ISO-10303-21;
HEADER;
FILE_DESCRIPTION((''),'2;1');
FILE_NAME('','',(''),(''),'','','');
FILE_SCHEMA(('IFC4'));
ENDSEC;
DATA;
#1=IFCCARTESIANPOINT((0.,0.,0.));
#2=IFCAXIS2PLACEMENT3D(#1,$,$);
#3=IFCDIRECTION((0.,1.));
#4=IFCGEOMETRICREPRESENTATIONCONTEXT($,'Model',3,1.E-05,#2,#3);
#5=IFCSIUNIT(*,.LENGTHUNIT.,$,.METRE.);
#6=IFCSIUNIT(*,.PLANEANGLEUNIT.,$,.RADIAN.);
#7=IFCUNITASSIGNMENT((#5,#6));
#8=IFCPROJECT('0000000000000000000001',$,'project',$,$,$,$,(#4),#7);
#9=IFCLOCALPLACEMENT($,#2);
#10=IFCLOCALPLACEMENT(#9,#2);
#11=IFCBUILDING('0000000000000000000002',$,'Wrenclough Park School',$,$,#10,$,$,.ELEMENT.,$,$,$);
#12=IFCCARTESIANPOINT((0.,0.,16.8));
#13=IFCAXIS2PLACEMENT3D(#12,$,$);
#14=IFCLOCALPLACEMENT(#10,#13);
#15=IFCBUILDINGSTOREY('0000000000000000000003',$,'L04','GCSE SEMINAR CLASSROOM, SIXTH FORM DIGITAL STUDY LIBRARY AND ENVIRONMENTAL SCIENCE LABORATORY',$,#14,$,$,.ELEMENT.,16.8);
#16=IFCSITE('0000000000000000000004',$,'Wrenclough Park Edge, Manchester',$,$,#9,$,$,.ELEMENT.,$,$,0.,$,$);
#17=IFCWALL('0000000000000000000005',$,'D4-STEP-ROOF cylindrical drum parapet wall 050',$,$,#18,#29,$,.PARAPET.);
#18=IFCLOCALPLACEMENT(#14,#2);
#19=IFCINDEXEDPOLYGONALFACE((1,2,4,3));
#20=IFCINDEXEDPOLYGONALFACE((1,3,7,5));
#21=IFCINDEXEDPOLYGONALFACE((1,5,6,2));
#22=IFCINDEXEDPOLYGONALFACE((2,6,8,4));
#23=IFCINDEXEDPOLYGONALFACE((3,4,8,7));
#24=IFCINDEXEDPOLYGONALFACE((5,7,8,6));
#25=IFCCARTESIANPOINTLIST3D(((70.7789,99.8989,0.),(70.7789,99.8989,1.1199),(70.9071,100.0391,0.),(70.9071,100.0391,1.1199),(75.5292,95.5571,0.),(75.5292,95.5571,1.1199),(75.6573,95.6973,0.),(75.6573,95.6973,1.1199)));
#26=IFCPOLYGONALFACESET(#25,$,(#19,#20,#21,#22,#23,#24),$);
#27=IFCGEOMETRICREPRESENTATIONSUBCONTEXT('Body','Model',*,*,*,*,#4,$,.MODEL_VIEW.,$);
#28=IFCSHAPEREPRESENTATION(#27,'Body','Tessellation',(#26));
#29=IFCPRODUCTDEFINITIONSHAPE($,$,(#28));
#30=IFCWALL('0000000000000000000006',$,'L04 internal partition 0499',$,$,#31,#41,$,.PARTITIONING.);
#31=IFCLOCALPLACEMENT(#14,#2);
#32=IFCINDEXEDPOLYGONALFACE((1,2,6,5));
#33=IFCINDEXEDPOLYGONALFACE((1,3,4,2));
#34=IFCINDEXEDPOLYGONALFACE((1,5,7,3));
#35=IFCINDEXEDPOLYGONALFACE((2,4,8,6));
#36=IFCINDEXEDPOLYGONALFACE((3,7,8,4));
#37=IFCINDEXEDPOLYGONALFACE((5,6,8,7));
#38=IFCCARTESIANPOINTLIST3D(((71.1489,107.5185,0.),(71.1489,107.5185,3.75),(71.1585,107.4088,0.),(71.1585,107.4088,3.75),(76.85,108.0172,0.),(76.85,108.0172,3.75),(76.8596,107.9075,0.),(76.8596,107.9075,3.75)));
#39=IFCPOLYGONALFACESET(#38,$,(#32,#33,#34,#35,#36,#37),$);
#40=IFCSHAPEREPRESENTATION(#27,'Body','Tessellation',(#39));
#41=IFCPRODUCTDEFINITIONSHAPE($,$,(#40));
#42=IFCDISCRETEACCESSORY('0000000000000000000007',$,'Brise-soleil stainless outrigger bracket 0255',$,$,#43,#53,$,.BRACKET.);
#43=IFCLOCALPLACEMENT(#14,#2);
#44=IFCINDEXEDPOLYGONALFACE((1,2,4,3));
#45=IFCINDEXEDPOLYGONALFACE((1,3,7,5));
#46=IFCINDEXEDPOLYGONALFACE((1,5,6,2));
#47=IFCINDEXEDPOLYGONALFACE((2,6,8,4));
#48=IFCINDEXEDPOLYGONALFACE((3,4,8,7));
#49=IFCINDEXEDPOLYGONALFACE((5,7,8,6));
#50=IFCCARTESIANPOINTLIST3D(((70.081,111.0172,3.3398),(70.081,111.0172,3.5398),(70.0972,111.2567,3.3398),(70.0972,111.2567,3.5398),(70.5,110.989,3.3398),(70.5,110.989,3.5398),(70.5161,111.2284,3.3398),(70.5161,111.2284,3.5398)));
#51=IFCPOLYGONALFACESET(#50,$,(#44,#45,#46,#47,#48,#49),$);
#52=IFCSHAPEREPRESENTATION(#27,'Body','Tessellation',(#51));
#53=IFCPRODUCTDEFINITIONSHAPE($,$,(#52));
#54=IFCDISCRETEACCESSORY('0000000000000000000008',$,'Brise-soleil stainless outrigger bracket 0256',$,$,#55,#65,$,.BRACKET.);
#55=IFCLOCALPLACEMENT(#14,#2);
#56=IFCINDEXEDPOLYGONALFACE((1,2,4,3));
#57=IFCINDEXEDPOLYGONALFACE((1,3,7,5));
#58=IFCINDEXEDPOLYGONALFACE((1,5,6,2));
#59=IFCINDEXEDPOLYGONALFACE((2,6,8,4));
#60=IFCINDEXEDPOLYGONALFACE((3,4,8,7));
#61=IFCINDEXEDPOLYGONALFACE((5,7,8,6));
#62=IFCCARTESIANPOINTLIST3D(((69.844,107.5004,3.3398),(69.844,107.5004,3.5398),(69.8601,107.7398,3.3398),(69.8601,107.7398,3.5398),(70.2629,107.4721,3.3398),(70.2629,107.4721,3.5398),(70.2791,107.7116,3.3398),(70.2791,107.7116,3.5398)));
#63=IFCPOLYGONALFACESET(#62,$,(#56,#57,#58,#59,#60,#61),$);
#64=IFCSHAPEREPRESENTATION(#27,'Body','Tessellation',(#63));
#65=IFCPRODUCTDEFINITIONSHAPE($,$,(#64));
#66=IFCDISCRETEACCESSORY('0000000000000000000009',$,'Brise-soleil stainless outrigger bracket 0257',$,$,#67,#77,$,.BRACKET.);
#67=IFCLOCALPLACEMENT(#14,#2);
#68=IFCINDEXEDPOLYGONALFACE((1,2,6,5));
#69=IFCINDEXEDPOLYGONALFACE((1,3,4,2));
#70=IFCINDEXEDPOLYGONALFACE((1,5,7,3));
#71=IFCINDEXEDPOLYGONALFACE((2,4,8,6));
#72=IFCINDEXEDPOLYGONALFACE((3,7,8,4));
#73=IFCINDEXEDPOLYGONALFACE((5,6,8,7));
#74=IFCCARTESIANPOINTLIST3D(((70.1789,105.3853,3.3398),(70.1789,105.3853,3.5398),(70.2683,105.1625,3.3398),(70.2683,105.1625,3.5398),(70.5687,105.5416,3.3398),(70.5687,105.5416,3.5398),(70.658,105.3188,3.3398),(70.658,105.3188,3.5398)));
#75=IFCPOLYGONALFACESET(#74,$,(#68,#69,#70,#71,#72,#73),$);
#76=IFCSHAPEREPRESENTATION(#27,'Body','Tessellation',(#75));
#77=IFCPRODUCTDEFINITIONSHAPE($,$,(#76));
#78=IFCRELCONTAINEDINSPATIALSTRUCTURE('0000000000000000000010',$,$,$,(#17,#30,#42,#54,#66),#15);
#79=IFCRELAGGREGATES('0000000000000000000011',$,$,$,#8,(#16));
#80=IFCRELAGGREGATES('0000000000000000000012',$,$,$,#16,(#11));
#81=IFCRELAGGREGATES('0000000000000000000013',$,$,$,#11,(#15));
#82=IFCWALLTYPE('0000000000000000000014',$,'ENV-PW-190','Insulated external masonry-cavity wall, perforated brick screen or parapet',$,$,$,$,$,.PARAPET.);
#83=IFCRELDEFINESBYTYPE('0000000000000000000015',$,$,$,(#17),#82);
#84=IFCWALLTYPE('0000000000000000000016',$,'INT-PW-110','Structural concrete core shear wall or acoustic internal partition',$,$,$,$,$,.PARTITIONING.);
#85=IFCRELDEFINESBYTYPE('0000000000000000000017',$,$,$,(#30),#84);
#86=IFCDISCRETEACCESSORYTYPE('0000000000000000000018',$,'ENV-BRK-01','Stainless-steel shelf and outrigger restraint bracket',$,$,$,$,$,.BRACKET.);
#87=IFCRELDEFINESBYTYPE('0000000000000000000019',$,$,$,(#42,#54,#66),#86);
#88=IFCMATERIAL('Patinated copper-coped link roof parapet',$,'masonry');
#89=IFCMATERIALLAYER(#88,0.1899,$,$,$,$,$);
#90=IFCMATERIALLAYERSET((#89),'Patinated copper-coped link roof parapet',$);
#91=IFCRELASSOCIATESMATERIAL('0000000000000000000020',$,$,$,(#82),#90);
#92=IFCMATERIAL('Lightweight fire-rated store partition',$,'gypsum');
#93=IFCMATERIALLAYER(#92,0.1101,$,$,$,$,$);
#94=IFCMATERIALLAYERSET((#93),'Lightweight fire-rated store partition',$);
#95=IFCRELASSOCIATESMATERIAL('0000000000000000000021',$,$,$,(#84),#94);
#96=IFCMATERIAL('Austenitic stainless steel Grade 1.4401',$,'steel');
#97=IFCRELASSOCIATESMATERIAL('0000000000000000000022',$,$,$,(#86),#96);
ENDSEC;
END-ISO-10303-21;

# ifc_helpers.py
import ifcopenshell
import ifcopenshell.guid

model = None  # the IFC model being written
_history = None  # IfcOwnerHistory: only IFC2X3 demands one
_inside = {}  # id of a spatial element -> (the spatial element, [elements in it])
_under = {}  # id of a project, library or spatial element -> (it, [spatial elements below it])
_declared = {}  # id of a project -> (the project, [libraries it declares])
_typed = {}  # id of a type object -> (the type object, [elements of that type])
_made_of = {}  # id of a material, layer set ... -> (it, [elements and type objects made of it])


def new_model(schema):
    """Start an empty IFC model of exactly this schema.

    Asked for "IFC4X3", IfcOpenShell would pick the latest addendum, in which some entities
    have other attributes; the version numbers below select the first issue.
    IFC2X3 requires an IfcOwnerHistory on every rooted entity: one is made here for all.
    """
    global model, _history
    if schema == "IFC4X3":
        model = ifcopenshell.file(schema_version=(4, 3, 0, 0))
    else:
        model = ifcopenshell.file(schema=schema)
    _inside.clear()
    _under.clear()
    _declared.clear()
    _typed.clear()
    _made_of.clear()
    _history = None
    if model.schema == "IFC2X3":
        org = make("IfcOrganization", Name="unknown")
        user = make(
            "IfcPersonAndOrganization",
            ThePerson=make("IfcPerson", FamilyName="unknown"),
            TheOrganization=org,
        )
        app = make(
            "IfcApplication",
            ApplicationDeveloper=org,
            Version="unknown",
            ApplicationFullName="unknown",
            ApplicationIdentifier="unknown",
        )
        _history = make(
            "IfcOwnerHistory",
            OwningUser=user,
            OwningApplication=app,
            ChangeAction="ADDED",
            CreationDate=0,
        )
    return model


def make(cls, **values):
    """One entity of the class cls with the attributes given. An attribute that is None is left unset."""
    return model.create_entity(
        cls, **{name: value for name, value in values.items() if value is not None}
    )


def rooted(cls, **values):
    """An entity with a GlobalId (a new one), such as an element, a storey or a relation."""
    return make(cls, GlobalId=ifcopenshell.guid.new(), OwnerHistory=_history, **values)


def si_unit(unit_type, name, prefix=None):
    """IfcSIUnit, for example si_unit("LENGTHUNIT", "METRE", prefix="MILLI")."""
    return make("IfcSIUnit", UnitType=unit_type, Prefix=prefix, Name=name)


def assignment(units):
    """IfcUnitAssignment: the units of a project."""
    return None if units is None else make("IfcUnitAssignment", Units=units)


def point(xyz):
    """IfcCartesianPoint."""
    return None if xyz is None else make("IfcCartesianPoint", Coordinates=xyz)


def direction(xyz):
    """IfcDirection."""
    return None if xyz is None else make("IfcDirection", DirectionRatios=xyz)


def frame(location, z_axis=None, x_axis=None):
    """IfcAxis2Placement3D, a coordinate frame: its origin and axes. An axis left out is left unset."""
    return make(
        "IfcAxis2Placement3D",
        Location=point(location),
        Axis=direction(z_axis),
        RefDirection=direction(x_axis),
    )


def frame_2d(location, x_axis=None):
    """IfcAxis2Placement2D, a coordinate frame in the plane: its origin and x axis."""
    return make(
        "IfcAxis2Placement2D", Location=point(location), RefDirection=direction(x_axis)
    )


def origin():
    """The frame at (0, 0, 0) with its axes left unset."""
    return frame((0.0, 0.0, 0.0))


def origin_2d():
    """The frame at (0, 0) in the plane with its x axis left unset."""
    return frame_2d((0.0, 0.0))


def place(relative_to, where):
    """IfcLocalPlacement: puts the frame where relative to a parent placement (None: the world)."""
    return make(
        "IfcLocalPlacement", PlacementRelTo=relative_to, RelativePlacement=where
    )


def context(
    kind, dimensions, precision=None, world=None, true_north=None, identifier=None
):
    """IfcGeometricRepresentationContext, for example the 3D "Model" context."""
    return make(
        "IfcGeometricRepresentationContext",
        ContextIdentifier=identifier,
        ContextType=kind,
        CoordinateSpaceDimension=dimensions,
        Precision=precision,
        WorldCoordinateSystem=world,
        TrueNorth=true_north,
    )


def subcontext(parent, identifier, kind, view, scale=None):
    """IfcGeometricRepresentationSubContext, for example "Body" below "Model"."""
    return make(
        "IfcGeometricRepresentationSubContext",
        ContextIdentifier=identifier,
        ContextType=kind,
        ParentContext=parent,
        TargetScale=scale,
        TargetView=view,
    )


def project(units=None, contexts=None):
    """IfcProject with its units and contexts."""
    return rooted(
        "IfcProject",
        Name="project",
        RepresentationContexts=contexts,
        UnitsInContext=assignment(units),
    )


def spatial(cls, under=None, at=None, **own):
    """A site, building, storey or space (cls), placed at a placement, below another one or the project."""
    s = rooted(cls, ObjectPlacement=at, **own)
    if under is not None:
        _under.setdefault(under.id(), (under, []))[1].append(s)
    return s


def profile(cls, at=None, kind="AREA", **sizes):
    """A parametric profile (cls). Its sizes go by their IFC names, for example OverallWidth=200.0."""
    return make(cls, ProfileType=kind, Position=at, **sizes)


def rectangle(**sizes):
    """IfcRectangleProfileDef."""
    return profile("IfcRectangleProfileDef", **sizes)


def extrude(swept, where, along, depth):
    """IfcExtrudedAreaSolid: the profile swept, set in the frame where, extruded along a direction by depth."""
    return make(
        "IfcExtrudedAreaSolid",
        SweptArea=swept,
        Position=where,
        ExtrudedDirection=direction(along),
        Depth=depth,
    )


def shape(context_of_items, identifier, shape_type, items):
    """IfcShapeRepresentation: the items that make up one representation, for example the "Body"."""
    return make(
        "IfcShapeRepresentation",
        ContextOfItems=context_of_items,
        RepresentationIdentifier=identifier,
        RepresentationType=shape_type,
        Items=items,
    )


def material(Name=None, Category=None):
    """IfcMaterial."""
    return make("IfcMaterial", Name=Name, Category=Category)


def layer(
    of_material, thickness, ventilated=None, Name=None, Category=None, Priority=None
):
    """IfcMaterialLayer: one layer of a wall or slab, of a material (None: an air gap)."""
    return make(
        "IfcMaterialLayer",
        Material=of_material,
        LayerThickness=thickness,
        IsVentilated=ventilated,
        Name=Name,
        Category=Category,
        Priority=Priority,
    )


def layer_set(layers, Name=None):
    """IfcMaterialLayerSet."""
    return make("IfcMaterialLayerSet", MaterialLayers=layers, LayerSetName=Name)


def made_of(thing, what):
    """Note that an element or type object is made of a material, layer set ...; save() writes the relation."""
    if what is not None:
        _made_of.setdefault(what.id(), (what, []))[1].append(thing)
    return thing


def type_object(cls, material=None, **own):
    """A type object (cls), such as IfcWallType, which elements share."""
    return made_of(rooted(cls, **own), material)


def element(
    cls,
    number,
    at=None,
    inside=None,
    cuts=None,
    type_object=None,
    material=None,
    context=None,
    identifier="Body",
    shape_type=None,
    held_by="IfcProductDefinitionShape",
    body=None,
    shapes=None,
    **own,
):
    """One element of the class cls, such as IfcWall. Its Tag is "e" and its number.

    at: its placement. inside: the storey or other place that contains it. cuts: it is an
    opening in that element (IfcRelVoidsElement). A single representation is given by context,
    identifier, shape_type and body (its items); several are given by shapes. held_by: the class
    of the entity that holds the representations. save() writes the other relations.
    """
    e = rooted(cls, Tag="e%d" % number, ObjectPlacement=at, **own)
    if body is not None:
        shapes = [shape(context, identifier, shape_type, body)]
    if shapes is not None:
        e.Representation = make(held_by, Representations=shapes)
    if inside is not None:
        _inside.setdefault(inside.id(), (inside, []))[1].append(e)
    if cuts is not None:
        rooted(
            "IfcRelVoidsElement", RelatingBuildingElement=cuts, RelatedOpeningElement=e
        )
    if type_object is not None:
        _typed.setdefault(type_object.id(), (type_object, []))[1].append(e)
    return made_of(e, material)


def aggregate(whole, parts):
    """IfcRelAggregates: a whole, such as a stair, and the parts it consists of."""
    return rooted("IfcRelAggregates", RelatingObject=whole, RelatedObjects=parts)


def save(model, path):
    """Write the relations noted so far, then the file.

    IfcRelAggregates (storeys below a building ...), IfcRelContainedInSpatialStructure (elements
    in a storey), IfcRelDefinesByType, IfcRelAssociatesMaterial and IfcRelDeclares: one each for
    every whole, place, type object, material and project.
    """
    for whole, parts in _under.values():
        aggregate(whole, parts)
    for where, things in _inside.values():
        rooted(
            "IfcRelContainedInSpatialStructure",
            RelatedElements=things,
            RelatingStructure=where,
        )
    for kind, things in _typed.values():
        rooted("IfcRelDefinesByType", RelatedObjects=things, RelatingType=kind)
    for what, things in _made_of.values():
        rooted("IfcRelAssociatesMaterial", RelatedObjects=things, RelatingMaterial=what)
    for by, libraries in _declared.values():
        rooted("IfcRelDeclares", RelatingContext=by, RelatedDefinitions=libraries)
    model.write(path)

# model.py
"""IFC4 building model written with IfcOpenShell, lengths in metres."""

from ifc_helpers import new_model, si_unit, direction, frame, frame_2d, origin, origin_2d, place, context, subcontext, project, spatial, rectangle, extrude, material, layer, layer_set, type_object, element, save


model = new_model("IFC4")

# Units and contexts
model_context = context("Model", 3, precision=1e-05, world=origin(), true_north=direction((0.0, 1.0)))
body_context = subcontext(model_context, "Body", "Model", "MODEL_VIEW")
ifc_project = project(units=[si_unit("LENGTHUNIT", "METRE"), si_unit("PLANEANGLEUNIT", "RADIAN")], contexts=[model_context])

# Site, building, storey
site_placement = place(None, origin())
site = spatial("IfcSite", under=ifc_project, at=site_placement, Name="Wrenclough Park Edge, Manchester", CompositionType="ELEMENT", RefElevation=0.0)
building_placement = place(site_placement, origin())
building = spatial("IfcBuilding", under=site, at=building_placement, Name="Wrenclough Park School", CompositionType="ELEMENT")
storey_placement = place(building_placement, frame((0.0, 0.0, 16.8)))
storey = spatial("IfcBuildingStorey", under=building, at=storey_placement, Name="L04", Description="GCSE SEMINAR CLASSROOM, SIXTH FORM DIGITAL STUDY LIBRARY AND ENVIRONMENTAL SCIENCE LABORATORY", CompositionType="ELEMENT", Elevation=16.8)

# Walls
ifc_material_1 = material(Name="Patinated copper-coped link roof parapet", Category="masonry")
ifc_layer_1 = layer(ifc_material_1, 0.1899)
ifc_layer_set_1 = layer_set([ifc_layer_1], Name="Patinated copper-coped link roof parapet")
wall_type_1 = type_object("IfcWallType", Name="ENV-PW-190", Description="Insulated external masonry-cavity wall, perforated brick screen or parapet", PredefinedType="PARAPET", material=ifc_layer_set_1)
wall_1_placement = place(storey_placement, frame((70.843, 99.969, 0.0), z_axis=(0.0, 0.0, 1.0), x_axis=(0.738128, -0.674661, 0.0)))
element("IfcWall", 1, at=wall_1_placement, inside=storey, type_object=wall_type_1, Name="D4-STEP-ROOF cylindrical drum parapet wall 050", PredefinedType="PARAPET", context=body_context, shape_type="SweptSolid", body=[
    extrude(rectangle(XDim=6.4355, YDim=0.1899, at=frame_2d((3.2178, 0.0))), origin(), (0.0, 0.0, 1.0), 1.1199),
])
ifc_material_2 = material(Name="Lightweight fire-rated store partition", Category="gypsum")
ifc_layer_2 = layer(ifc_material_2, 0.1101)
ifc_layer_set_2 = layer_set([ifc_layer_2], Name="Lightweight fire-rated store partition")
wall_type_2 = type_object("IfcWallType", Name="INT-PW-110", Description="Structural concrete core shear wall or acoustic internal partition", PredefinedType="PARTITIONING", material=ifc_layer_set_2)
wall_2_placement = place(storey_placement, frame((71.1538, 107.4636, 0.0), z_axis=(0.0, 0.0, 1.0), x_axis=(0.996195, 0.087154, 0.0)))
element("IfcWall", 2, at=wall_2_placement, inside=storey, type_object=wall_type_2, Name="L04 internal partition 0499", PredefinedType="PARTITIONING", context=body_context, shape_type="SweptSolid", body=[
    extrude(rectangle(XDim=5.7229, YDim=0.1101, at=frame_2d((2.8613, 0.0))), origin(), (0.0, 0.0, 1.0), 3.75),
])

# Discrete accessories
ifc_material_3 = material(Name="Austenitic stainless steel Grade 1.4401", Category="steel")
discrete_accessory_type = type_object("IfcDiscreteAccessoryType", Name="ENV-BRK-01", Description="Stainless-steel shelf and outrigger restraint bracket", PredefinedType="BRACKET", material=ifc_material_3)
for number, where, z_axis, x_axis, name in (
    (3, (70.2986, 111.1228, 3.3398), (0.0, 0.0, 1.0), (-0.067274, -0.997735, 0.0), "Brise-soleil stainless outrigger bracket 0255"),
    (4, (70.0615, 107.606, 3.3398), (0.0, 0.0, 1.0), (-0.067274, -0.997735, 0.0), "Brise-soleil stainless outrigger bracket 0256"),
    (5, (70.4185, 105.3521, 3.3398), (0.0, 0.0, 1.0), (0.372297, -0.928113, 0.0), "Brise-soleil stainless outrigger bracket 0257"),
):
    element("IfcDiscreteAccessory", number, at=place(storey_placement, frame(where, z_axis=z_axis, x_axis=x_axis)), inside=storey, type_object=discrete_accessory_type, Name=name, PredefinedType="BRACKET", context=body_context, shape_type="SweptSolid", body=[
        extrude(rectangle(XDim=0.24, YDim=0.4199, at=origin_2d()), origin(), (0.0, 0.0, 1.0), 0.2),
    ])

save(model, "model.ifc")
